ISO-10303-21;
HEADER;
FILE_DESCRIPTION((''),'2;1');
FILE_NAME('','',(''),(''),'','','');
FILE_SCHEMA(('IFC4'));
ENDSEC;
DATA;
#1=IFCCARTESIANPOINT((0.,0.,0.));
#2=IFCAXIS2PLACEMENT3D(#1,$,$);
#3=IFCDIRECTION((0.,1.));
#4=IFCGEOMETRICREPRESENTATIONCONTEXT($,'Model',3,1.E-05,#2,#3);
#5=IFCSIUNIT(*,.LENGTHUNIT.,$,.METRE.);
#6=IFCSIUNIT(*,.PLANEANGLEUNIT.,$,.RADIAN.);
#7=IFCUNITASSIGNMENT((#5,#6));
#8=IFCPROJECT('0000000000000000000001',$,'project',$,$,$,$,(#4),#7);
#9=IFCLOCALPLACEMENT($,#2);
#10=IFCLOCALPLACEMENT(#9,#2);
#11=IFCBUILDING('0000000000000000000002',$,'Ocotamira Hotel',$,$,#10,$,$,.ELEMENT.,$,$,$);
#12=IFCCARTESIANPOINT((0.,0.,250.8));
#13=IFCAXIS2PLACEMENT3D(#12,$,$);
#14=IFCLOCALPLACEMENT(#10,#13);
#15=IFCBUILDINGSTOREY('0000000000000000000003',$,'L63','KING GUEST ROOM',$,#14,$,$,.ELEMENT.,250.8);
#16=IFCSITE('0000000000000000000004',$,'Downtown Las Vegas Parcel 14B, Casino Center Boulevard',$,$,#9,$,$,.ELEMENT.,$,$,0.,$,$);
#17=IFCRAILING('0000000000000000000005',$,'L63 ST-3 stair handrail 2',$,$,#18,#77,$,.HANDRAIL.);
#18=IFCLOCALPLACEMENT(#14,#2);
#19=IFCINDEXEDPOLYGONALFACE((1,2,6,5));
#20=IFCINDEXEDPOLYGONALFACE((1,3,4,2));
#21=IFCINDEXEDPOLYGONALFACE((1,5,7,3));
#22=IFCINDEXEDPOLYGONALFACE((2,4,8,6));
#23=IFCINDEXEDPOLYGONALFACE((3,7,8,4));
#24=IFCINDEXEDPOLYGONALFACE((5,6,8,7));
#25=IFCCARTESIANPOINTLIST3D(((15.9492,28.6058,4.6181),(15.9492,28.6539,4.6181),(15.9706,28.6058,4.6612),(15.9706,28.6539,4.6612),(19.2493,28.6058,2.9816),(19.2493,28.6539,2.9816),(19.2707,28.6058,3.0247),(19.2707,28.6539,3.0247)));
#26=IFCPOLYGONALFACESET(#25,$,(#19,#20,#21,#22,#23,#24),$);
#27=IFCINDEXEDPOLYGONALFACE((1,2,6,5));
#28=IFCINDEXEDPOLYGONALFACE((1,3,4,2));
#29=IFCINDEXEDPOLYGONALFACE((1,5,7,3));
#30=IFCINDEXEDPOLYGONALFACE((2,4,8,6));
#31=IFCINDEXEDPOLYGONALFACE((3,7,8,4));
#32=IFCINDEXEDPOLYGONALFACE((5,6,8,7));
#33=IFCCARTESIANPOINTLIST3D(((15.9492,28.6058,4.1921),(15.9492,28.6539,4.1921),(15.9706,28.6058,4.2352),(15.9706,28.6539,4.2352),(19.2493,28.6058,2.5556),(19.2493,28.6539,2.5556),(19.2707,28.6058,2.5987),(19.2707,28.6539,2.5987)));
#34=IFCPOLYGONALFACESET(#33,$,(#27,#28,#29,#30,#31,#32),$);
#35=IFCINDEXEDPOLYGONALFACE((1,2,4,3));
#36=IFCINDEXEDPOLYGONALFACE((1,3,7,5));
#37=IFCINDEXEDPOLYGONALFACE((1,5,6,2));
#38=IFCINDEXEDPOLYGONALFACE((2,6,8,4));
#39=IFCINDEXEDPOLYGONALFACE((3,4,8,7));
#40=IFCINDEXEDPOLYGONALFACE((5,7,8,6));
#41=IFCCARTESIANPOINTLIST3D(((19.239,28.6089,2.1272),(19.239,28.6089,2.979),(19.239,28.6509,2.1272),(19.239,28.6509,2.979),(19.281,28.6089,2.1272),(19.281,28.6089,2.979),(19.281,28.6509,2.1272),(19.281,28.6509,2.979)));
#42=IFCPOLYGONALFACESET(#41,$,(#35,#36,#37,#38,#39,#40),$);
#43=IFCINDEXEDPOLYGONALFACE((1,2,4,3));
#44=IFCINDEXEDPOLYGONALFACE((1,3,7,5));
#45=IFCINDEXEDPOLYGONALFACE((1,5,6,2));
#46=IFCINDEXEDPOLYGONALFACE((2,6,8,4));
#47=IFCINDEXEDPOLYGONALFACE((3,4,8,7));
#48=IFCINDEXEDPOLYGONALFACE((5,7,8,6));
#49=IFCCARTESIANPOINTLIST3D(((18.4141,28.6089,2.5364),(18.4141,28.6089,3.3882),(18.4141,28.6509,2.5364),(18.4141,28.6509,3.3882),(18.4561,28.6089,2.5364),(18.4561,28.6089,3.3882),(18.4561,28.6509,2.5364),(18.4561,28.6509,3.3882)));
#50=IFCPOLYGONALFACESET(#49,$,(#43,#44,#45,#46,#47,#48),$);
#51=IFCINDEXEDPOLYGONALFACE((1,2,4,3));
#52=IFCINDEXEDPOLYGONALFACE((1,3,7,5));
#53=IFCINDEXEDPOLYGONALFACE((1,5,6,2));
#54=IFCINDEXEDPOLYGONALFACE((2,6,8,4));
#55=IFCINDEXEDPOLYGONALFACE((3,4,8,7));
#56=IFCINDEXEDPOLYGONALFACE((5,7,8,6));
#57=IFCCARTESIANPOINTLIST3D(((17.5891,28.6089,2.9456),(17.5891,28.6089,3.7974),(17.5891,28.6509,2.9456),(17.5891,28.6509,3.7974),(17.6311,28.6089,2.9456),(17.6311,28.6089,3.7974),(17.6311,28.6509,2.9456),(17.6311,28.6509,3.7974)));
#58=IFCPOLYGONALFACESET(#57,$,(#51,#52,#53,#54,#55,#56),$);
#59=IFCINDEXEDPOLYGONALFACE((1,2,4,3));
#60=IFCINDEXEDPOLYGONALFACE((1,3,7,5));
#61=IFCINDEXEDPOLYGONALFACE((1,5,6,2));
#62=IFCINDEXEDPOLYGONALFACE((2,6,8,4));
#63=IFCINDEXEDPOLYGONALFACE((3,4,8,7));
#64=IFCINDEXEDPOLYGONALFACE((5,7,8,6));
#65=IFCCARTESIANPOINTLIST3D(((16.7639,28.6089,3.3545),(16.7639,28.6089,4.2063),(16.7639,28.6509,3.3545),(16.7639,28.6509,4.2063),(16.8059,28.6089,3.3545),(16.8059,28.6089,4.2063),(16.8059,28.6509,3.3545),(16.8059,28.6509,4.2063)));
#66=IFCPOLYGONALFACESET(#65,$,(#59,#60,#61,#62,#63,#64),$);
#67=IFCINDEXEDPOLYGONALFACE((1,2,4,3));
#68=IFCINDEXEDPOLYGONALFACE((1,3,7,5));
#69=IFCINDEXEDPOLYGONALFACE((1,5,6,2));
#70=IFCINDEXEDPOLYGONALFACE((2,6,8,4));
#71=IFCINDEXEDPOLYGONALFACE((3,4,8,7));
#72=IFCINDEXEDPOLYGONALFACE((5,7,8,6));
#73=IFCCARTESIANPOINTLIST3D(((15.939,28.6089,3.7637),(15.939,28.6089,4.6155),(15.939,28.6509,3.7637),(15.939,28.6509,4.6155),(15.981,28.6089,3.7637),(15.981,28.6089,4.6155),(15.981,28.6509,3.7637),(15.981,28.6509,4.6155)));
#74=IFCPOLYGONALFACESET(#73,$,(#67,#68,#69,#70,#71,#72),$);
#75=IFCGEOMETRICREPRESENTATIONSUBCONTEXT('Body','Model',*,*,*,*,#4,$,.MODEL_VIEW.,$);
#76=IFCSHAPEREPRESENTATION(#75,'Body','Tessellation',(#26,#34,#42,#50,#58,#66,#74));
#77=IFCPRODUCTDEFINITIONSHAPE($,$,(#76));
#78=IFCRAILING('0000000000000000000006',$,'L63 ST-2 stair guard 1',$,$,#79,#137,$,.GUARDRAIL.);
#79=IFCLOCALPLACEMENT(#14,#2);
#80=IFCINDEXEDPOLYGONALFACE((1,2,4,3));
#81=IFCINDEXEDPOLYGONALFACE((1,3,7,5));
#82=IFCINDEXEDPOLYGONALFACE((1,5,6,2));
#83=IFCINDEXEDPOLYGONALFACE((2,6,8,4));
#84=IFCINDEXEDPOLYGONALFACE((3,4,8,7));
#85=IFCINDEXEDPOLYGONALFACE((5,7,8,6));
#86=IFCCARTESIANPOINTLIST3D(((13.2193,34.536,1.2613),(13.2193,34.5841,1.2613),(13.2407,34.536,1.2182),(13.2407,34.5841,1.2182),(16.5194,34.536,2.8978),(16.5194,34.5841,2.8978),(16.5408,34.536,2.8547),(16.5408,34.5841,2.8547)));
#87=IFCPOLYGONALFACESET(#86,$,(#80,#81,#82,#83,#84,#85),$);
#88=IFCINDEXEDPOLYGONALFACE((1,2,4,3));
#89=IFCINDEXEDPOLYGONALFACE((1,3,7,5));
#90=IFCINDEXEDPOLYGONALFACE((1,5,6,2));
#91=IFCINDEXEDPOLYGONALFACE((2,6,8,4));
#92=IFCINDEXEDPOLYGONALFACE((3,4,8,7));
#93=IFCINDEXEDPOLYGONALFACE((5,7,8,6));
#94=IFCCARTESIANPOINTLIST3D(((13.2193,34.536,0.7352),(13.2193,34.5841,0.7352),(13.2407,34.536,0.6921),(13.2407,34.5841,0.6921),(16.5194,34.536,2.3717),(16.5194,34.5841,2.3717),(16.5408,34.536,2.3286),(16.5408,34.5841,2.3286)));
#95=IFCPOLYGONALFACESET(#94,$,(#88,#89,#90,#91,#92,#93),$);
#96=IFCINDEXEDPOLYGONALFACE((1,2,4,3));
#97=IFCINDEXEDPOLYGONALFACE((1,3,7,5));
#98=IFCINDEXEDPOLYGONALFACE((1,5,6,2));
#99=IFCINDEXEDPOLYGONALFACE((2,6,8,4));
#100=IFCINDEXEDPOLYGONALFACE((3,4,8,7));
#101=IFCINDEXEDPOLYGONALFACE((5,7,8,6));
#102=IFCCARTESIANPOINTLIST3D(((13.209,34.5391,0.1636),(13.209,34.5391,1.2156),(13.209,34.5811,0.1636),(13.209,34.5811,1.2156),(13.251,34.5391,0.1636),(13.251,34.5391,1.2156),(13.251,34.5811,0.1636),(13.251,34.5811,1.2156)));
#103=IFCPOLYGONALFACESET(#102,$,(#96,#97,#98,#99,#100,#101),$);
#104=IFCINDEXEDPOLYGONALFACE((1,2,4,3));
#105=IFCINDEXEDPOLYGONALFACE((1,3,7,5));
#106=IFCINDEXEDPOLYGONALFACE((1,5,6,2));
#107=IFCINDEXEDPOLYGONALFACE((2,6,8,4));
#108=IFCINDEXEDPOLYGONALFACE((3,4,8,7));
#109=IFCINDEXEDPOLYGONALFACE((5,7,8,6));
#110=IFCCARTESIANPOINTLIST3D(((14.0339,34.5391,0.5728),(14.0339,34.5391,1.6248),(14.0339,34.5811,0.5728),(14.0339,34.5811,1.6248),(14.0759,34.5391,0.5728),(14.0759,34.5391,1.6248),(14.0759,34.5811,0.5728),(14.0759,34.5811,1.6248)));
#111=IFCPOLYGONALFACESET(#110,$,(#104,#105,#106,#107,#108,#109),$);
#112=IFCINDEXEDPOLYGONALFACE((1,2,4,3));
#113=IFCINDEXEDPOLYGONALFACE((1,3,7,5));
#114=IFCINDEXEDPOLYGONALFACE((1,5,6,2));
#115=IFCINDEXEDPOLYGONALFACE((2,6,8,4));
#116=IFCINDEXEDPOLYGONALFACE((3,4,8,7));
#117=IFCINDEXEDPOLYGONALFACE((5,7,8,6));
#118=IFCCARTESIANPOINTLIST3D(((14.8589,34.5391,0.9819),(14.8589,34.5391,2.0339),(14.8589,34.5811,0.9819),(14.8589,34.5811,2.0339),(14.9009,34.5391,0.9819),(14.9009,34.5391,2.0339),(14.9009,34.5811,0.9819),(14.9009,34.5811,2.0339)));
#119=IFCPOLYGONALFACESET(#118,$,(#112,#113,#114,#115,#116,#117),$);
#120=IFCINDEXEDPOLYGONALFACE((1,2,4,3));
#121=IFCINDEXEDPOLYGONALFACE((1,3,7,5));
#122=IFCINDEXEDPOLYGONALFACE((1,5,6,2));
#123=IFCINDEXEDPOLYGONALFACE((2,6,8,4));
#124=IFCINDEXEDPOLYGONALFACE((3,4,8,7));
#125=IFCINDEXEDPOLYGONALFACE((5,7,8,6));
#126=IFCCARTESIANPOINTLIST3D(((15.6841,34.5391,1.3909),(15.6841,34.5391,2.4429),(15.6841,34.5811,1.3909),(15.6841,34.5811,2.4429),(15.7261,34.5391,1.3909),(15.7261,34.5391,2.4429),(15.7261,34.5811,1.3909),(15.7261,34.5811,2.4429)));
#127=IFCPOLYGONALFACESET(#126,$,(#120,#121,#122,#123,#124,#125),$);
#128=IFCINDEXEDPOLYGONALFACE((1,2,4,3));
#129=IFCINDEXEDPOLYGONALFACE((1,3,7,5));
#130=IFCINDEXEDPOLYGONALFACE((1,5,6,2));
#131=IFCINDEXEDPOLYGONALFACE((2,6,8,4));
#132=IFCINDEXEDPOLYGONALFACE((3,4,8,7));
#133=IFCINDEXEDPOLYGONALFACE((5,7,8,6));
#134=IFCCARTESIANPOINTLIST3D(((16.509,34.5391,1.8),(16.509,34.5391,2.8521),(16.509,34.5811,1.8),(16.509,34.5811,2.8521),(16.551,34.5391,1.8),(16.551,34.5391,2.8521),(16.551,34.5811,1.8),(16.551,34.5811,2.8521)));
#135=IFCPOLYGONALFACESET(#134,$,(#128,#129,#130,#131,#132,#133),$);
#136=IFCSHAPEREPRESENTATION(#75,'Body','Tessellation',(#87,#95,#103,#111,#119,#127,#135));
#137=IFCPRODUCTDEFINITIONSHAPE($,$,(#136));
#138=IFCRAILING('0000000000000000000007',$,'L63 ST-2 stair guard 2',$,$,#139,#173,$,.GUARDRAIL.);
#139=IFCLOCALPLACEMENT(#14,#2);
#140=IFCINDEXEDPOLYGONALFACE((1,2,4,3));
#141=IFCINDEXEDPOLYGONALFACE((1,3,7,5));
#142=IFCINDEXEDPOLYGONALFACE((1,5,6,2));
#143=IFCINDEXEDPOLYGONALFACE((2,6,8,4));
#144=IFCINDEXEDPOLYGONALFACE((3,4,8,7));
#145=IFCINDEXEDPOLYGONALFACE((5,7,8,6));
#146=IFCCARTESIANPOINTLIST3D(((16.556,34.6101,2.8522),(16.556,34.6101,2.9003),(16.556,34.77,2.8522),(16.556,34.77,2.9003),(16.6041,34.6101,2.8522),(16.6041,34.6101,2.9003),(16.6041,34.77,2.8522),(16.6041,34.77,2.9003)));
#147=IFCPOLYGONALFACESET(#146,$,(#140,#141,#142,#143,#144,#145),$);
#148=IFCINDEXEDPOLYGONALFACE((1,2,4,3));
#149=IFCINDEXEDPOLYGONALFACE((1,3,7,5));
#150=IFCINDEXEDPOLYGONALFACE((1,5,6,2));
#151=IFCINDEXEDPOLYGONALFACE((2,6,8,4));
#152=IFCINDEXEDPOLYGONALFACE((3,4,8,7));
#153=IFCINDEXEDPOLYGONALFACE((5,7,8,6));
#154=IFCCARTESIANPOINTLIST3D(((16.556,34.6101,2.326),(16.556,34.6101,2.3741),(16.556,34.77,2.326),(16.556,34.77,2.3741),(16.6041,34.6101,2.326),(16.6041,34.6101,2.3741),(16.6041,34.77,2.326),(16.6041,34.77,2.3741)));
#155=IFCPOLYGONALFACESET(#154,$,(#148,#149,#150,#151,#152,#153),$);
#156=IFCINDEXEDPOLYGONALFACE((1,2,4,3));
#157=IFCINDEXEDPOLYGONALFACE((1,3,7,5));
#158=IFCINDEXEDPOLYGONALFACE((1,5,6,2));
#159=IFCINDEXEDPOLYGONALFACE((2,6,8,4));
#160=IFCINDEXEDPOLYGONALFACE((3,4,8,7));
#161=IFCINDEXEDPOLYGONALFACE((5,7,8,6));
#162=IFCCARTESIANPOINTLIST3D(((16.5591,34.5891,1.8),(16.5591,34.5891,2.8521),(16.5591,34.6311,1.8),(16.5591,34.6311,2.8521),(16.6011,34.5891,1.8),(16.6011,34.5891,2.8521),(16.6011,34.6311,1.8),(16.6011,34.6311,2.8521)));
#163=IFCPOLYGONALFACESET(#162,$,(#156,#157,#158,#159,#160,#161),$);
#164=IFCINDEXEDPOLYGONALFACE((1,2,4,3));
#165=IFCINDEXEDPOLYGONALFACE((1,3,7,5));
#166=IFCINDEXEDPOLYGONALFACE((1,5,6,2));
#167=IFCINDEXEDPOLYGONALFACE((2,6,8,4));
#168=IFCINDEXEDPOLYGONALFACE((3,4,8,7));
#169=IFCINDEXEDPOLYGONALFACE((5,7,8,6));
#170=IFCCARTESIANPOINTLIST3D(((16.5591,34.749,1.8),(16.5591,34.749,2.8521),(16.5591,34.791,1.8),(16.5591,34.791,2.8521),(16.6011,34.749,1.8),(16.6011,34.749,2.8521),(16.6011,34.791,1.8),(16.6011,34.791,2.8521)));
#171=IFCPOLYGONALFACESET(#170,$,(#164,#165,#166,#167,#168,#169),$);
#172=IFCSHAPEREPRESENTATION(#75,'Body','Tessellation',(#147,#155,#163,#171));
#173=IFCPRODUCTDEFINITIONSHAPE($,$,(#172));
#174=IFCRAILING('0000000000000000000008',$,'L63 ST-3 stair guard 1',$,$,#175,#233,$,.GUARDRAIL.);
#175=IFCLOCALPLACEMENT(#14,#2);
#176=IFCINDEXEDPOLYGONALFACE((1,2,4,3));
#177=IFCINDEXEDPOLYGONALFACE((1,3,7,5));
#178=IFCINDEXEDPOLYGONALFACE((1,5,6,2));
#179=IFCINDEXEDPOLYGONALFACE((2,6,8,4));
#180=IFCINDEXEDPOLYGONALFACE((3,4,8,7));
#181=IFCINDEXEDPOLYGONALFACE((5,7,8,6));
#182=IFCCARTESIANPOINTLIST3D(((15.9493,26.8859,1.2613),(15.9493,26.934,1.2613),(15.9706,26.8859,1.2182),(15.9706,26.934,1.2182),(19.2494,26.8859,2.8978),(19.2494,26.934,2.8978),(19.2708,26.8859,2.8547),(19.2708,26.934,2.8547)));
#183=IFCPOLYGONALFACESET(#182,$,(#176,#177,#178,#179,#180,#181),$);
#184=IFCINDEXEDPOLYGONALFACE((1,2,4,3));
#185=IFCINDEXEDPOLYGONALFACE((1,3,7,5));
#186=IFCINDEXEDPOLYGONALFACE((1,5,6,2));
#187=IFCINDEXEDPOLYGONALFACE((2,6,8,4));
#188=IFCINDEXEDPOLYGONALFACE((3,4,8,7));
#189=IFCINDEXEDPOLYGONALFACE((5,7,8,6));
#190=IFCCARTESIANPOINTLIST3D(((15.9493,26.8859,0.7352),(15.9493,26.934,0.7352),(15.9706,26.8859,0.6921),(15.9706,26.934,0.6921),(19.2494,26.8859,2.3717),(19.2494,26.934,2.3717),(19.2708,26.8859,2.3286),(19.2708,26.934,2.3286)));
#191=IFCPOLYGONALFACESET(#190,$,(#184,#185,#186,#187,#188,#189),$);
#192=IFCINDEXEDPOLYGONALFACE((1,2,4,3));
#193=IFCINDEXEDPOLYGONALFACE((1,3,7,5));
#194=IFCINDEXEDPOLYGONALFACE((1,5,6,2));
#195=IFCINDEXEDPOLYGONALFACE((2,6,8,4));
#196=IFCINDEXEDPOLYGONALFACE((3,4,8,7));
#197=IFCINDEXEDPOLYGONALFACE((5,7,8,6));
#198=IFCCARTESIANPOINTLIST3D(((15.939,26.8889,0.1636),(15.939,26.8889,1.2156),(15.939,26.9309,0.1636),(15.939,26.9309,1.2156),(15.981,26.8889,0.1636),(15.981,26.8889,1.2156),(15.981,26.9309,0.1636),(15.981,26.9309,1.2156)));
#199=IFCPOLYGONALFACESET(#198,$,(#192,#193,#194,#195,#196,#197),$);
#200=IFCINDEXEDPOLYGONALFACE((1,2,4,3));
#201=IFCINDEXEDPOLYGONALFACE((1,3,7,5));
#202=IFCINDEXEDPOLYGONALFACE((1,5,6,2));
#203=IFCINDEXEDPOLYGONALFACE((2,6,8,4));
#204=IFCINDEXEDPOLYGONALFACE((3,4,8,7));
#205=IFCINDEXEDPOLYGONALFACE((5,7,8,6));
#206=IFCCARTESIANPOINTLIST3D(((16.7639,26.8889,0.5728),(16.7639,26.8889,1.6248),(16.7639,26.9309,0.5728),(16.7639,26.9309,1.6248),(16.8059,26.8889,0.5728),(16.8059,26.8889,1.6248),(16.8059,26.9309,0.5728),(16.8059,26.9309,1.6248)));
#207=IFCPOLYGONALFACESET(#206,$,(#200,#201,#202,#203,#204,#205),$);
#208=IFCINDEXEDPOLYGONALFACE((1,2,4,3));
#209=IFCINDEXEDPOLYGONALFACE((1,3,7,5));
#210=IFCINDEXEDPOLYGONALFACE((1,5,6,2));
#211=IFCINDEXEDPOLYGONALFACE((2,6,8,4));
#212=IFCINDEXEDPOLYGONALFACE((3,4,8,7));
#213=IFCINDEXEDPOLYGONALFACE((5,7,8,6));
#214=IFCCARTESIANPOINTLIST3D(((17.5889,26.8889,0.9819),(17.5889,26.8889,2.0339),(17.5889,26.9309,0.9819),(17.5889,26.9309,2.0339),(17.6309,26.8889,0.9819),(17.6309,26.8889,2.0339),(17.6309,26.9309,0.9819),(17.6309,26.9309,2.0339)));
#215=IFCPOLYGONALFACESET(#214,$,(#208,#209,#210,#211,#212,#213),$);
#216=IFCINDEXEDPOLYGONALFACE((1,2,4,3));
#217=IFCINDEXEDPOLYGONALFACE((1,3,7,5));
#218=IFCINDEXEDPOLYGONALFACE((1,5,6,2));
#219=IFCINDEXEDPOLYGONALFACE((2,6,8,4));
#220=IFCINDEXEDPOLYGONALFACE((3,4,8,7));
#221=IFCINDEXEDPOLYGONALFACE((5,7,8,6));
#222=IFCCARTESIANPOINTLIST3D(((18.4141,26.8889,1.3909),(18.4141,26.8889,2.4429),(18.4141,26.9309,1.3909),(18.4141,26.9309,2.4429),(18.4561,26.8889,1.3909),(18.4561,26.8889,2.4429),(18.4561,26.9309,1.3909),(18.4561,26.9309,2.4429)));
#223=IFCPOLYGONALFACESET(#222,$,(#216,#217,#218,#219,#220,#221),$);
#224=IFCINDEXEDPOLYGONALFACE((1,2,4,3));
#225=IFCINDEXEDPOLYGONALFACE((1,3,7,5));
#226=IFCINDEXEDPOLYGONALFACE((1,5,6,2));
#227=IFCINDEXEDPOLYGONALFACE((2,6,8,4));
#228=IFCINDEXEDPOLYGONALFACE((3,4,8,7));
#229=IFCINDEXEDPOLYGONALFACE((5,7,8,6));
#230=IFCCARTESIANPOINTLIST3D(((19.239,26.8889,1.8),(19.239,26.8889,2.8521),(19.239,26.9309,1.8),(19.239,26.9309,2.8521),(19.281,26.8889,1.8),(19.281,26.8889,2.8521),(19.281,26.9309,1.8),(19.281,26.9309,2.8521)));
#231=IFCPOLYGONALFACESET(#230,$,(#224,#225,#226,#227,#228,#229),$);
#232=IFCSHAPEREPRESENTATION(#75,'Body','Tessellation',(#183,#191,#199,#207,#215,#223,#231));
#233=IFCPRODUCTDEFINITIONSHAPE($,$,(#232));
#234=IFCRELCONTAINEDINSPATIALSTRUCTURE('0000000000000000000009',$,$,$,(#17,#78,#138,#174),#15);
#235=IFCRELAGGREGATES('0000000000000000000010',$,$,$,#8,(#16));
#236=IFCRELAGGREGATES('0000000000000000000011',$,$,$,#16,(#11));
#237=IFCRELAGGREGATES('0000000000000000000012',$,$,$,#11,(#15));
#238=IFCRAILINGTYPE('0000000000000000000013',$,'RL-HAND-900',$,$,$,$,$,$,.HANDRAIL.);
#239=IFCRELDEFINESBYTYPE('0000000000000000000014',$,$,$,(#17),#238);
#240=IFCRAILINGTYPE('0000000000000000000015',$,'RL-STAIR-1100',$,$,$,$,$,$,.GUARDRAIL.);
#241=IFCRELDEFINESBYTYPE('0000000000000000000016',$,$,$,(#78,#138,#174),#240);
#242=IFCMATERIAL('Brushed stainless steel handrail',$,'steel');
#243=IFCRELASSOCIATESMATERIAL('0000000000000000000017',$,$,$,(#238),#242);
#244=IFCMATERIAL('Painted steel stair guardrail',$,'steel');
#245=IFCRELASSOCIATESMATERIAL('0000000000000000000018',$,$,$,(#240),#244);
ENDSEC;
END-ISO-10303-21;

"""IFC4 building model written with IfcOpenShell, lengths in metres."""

from ifc_helpers import new_model, si_unit, direction, frame, origin, origin_2d, place, context, subcontext, project, spatial, rectangle, extrude, material, type_object, element, save


model = new_model("IFC4")

# Units and contexts
model_context = context("Model", 3, precision=1e-05, world=origin(), true_north=direction((0.0, 1.0)))
body_context = subcontext(model_context, "Body", "Model", "MODEL_VIEW")
ifc_project = project(units=[si_unit("LENGTHUNIT", "METRE"), si_unit("PLANEANGLEUNIT", "RADIAN")], contexts=[model_context])

# Site, building, storey
site_placement = place(None, origin())
site = spatial("IfcSite", under=ifc_project, at=site_placement, Name="Downtown Las Vegas Parcel 14B, Casino Center Boulevard", CompositionType="ELEMENT", RefElevation=0.0)
building_placement = place(site_placement, origin())
building = spatial("IfcBuilding", under=site, at=building_placement, Name="Ocotamira Hotel", CompositionType="ELEMENT")
storey_placement = place(building_placement, frame((0.0, 0.0, 250.8)))
storey = spatial("IfcBuildingStorey", under=building, at=storey_placement, Name="L63", Description="KING GUEST ROOM", CompositionType="ELEMENT", Elevation=250.8)

# Railings
ifc_material_1 = material(Name="Brushed stainless steel handrail", Category="steel")
railing_type_1 = type_object("IfcRailingType", Name="RL-HAND-900", PredefinedType="HANDRAIL", material=ifc_material_1)
railing_1_placement = place(storey_placement, frame((19.26, 28.6299, 2.1272)))
element("IfcRailing", 1, at=railing_1_placement, inside=storey, type_object=railing_type_1, Name="L63 ST-3 stair handrail 2", PredefinedType="HANDRAIL", context=body_context, shape_type="SweptSolid", body=[
    extrude(rectangle(XDim=0.0481, YDim=0.0481, at=origin_2d()), frame((0.0, 0.0, 0.876), z_axis=(-0.895894, 0.0, 0.444268), x_axis=(0.0, -1.0, 0.0)), (0.0, 0.0, 1.0), 3.6836),
    extrude(rectangle(XDim=0.0481, YDim=0.0481, at=origin_2d()), frame((0.0, 0.0, 0.45), z_axis=(-0.895894, 0.0, 0.444268), x_axis=(0.0, -1.0, 0.0)), (0.0, 0.0, 1.0), 3.6836),
    extrude(rectangle(XDim=0.042, YDim=0.042, at=origin_2d()), origin(), (0.0, 0.0, 1.0), 0.8518),
    extrude(rectangle(XDim=0.042, YDim=0.042, at=origin_2d()), frame((-0.825, 0.0, 0.4092)), (0.0, 0.0, 1.0), 0.8518),
    extrude(rectangle(XDim=0.042, YDim=0.042, at=origin_2d()), frame((-1.6499, 0.0, 0.8184)), (0.0, 0.0, 1.0), 0.8518),
    extrude(rectangle(XDim=0.042, YDim=0.042, at=origin_2d()), frame((-2.4751, 0.0, 1.2273)), (0.0, 0.0, 1.0), 0.8518),
    extrude(rectangle(XDim=0.042, YDim=0.042, at=origin_2d()), frame((-3.3, 0.0, 1.6365)), (0.0, 0.0, 1.0), 0.8518),
])
ifc_material_2 = material(Name="Painted steel stair guardrail", Category="steel")
railing_type_2 = type_object("IfcRailingType", Name="RL-STAIR-1100", PredefinedType="GUARDRAIL", material=ifc_material_2)
railing_2_placement = place(storey_placement, frame((13.23, 34.5601, 0.1636)))
element("IfcRailing", 2, at=railing_2_placement, inside=storey, type_object=railing_type_2, Name="L63 ST-2 stair guard 1", PredefinedType="GUARDRAIL", context=body_context, shape_type="SweptSolid", body=[
    extrude(rectangle(XDim=0.0481, YDim=0.0481, at=origin_2d()), frame((0.0, 0.0, 1.0762), z_axis=(0.895894, 0.0, 0.444268), x_axis=(0.0, 1.0, 0.0)), (0.0, 0.0, 1.0), 3.6836),
    extrude(rectangle(XDim=0.0481, YDim=0.0481, at=origin_2d()), frame((0.0, 0.0, 0.55), z_axis=(0.895894, 0.0, 0.444268), x_axis=(0.0, 1.0, 0.0)), (0.0, 0.0, 1.0), 3.6836),
    extrude(rectangle(XDim=0.042, YDim=0.042, at=origin_2d()), origin(), (0.0, 0.0, 1.0), 1.052),
    extrude(rectangle(XDim=0.042, YDim=0.042, at=origin_2d()), frame((0.825, 0.0, 0.4092)), (0.0, 0.0, 1.0), 1.052),
    extrude(rectangle(XDim=0.042, YDim=0.042, at=origin_2d()), frame((1.6499, 0.0, 0.8184)), (0.0, 0.0, 1.0), 1.052),
    extrude(rectangle(XDim=0.042, YDim=0.042, at=origin_2d()), frame((2.4751, 0.0, 1.2273)), (0.0, 0.0, 1.0), 1.052),
    extrude(rectangle(XDim=0.042, YDim=0.042, at=origin_2d()), frame((3.3, 0.0, 1.6365)), (0.0, 0.0, 1.0), 1.052),
])
railing_3_placement = place(storey_placement, frame((16.5801, 34.6101, 1.8)))
element("IfcRailing", 3, at=railing_3_placement, inside=storey, type_object=railing_type_2, Name="L63 ST-2 stair guard 2", PredefinedType="GUARDRAIL", context=body_context, shape_type="SweptSolid", body=[
    extrude(rectangle(XDim=0.0481, YDim=0.0481, at=origin_2d()), frame((0.0, 0.0, 1.0762), z_axis=(0.0, 1.0, 0.0), x_axis=(-1.0, 0.0, 0.0)), (0.0, 0.0, 1.0), 0.1599),
    extrude(rectangle(XDim=0.0481, YDim=0.0481, at=origin_2d()), frame((0.0, 0.0, 0.55), z_axis=(0.0, 1.0, 0.0), x_axis=(-1.0, 0.0, 0.0)), (0.0, 0.0, 1.0), 0.1599),
    extrude(rectangle(XDim=0.042, YDim=0.042, at=origin_2d()), origin(), (0.0, 0.0, 1.0), 1.052),
    extrude(rectangle(XDim=0.042, YDim=0.042, at=origin_2d()), frame((0.0, 0.1599, 0.0)), (0.0, 0.0, 1.0), 1.052),
])
railing_4_placement = place(storey_placement, frame((15.96, 26.9099, 0.1636)))
element("IfcRailing", 4, at=railing_4_placement, inside=storey, type_object=railing_type_2, Name="L63 ST-3 stair guard 1", PredefinedType="GUARDRAIL", context=body_context, shape_type="SweptSolid", body=[
    extrude(rectangle(XDim=0.0481, YDim=0.0481, at=origin_2d()), frame((0.0, 0.0, 1.0762), z_axis=(0.895894, 0.0, 0.444268), x_axis=(0.0, 1.0, 0.0)), (0.0, 0.0, 1.0), 3.6836),
    extrude(rectangle(XDim=0.0481, YDim=0.0481, at=origin_2d()), frame((0.0, 0.0, 0.55), z_axis=(0.895894, 0.0, 0.444268), x_axis=(0.0, 1.0, 0.0)), (0.0, 0.0, 1.0), 3.6836),
    extrude(rectangle(XDim=0.042, YDim=0.042, at=origin_2d()), origin(), (0.0, 0.0, 1.0), 1.052),
    extrude(rectangle(XDim=0.042, YDim=0.042, at=origin_2d()), frame((0.825, 0.0, 0.4092)), (0.0, 0.0, 1.0), 1.052),
    extrude(rectangle(XDim=0.042, YDim=0.042, at=origin_2d()), frame((1.6499, 0.0, 0.8184)), (0.0, 0.0, 1.0), 1.052),
    extrude(rectangle(XDim=0.042, YDim=0.042, at=origin_2d()), frame((2.4751, 0.0, 1.2273)), (0.0, 0.0, 1.0), 1.052),
    extrude(rectangle(XDim=0.042, YDim=0.042, at=origin_2d()), frame((3.3, 0.0, 1.6365)), (0.0, 0.0, 1.0), 1.052),
])

save(model, "model.ifc")
